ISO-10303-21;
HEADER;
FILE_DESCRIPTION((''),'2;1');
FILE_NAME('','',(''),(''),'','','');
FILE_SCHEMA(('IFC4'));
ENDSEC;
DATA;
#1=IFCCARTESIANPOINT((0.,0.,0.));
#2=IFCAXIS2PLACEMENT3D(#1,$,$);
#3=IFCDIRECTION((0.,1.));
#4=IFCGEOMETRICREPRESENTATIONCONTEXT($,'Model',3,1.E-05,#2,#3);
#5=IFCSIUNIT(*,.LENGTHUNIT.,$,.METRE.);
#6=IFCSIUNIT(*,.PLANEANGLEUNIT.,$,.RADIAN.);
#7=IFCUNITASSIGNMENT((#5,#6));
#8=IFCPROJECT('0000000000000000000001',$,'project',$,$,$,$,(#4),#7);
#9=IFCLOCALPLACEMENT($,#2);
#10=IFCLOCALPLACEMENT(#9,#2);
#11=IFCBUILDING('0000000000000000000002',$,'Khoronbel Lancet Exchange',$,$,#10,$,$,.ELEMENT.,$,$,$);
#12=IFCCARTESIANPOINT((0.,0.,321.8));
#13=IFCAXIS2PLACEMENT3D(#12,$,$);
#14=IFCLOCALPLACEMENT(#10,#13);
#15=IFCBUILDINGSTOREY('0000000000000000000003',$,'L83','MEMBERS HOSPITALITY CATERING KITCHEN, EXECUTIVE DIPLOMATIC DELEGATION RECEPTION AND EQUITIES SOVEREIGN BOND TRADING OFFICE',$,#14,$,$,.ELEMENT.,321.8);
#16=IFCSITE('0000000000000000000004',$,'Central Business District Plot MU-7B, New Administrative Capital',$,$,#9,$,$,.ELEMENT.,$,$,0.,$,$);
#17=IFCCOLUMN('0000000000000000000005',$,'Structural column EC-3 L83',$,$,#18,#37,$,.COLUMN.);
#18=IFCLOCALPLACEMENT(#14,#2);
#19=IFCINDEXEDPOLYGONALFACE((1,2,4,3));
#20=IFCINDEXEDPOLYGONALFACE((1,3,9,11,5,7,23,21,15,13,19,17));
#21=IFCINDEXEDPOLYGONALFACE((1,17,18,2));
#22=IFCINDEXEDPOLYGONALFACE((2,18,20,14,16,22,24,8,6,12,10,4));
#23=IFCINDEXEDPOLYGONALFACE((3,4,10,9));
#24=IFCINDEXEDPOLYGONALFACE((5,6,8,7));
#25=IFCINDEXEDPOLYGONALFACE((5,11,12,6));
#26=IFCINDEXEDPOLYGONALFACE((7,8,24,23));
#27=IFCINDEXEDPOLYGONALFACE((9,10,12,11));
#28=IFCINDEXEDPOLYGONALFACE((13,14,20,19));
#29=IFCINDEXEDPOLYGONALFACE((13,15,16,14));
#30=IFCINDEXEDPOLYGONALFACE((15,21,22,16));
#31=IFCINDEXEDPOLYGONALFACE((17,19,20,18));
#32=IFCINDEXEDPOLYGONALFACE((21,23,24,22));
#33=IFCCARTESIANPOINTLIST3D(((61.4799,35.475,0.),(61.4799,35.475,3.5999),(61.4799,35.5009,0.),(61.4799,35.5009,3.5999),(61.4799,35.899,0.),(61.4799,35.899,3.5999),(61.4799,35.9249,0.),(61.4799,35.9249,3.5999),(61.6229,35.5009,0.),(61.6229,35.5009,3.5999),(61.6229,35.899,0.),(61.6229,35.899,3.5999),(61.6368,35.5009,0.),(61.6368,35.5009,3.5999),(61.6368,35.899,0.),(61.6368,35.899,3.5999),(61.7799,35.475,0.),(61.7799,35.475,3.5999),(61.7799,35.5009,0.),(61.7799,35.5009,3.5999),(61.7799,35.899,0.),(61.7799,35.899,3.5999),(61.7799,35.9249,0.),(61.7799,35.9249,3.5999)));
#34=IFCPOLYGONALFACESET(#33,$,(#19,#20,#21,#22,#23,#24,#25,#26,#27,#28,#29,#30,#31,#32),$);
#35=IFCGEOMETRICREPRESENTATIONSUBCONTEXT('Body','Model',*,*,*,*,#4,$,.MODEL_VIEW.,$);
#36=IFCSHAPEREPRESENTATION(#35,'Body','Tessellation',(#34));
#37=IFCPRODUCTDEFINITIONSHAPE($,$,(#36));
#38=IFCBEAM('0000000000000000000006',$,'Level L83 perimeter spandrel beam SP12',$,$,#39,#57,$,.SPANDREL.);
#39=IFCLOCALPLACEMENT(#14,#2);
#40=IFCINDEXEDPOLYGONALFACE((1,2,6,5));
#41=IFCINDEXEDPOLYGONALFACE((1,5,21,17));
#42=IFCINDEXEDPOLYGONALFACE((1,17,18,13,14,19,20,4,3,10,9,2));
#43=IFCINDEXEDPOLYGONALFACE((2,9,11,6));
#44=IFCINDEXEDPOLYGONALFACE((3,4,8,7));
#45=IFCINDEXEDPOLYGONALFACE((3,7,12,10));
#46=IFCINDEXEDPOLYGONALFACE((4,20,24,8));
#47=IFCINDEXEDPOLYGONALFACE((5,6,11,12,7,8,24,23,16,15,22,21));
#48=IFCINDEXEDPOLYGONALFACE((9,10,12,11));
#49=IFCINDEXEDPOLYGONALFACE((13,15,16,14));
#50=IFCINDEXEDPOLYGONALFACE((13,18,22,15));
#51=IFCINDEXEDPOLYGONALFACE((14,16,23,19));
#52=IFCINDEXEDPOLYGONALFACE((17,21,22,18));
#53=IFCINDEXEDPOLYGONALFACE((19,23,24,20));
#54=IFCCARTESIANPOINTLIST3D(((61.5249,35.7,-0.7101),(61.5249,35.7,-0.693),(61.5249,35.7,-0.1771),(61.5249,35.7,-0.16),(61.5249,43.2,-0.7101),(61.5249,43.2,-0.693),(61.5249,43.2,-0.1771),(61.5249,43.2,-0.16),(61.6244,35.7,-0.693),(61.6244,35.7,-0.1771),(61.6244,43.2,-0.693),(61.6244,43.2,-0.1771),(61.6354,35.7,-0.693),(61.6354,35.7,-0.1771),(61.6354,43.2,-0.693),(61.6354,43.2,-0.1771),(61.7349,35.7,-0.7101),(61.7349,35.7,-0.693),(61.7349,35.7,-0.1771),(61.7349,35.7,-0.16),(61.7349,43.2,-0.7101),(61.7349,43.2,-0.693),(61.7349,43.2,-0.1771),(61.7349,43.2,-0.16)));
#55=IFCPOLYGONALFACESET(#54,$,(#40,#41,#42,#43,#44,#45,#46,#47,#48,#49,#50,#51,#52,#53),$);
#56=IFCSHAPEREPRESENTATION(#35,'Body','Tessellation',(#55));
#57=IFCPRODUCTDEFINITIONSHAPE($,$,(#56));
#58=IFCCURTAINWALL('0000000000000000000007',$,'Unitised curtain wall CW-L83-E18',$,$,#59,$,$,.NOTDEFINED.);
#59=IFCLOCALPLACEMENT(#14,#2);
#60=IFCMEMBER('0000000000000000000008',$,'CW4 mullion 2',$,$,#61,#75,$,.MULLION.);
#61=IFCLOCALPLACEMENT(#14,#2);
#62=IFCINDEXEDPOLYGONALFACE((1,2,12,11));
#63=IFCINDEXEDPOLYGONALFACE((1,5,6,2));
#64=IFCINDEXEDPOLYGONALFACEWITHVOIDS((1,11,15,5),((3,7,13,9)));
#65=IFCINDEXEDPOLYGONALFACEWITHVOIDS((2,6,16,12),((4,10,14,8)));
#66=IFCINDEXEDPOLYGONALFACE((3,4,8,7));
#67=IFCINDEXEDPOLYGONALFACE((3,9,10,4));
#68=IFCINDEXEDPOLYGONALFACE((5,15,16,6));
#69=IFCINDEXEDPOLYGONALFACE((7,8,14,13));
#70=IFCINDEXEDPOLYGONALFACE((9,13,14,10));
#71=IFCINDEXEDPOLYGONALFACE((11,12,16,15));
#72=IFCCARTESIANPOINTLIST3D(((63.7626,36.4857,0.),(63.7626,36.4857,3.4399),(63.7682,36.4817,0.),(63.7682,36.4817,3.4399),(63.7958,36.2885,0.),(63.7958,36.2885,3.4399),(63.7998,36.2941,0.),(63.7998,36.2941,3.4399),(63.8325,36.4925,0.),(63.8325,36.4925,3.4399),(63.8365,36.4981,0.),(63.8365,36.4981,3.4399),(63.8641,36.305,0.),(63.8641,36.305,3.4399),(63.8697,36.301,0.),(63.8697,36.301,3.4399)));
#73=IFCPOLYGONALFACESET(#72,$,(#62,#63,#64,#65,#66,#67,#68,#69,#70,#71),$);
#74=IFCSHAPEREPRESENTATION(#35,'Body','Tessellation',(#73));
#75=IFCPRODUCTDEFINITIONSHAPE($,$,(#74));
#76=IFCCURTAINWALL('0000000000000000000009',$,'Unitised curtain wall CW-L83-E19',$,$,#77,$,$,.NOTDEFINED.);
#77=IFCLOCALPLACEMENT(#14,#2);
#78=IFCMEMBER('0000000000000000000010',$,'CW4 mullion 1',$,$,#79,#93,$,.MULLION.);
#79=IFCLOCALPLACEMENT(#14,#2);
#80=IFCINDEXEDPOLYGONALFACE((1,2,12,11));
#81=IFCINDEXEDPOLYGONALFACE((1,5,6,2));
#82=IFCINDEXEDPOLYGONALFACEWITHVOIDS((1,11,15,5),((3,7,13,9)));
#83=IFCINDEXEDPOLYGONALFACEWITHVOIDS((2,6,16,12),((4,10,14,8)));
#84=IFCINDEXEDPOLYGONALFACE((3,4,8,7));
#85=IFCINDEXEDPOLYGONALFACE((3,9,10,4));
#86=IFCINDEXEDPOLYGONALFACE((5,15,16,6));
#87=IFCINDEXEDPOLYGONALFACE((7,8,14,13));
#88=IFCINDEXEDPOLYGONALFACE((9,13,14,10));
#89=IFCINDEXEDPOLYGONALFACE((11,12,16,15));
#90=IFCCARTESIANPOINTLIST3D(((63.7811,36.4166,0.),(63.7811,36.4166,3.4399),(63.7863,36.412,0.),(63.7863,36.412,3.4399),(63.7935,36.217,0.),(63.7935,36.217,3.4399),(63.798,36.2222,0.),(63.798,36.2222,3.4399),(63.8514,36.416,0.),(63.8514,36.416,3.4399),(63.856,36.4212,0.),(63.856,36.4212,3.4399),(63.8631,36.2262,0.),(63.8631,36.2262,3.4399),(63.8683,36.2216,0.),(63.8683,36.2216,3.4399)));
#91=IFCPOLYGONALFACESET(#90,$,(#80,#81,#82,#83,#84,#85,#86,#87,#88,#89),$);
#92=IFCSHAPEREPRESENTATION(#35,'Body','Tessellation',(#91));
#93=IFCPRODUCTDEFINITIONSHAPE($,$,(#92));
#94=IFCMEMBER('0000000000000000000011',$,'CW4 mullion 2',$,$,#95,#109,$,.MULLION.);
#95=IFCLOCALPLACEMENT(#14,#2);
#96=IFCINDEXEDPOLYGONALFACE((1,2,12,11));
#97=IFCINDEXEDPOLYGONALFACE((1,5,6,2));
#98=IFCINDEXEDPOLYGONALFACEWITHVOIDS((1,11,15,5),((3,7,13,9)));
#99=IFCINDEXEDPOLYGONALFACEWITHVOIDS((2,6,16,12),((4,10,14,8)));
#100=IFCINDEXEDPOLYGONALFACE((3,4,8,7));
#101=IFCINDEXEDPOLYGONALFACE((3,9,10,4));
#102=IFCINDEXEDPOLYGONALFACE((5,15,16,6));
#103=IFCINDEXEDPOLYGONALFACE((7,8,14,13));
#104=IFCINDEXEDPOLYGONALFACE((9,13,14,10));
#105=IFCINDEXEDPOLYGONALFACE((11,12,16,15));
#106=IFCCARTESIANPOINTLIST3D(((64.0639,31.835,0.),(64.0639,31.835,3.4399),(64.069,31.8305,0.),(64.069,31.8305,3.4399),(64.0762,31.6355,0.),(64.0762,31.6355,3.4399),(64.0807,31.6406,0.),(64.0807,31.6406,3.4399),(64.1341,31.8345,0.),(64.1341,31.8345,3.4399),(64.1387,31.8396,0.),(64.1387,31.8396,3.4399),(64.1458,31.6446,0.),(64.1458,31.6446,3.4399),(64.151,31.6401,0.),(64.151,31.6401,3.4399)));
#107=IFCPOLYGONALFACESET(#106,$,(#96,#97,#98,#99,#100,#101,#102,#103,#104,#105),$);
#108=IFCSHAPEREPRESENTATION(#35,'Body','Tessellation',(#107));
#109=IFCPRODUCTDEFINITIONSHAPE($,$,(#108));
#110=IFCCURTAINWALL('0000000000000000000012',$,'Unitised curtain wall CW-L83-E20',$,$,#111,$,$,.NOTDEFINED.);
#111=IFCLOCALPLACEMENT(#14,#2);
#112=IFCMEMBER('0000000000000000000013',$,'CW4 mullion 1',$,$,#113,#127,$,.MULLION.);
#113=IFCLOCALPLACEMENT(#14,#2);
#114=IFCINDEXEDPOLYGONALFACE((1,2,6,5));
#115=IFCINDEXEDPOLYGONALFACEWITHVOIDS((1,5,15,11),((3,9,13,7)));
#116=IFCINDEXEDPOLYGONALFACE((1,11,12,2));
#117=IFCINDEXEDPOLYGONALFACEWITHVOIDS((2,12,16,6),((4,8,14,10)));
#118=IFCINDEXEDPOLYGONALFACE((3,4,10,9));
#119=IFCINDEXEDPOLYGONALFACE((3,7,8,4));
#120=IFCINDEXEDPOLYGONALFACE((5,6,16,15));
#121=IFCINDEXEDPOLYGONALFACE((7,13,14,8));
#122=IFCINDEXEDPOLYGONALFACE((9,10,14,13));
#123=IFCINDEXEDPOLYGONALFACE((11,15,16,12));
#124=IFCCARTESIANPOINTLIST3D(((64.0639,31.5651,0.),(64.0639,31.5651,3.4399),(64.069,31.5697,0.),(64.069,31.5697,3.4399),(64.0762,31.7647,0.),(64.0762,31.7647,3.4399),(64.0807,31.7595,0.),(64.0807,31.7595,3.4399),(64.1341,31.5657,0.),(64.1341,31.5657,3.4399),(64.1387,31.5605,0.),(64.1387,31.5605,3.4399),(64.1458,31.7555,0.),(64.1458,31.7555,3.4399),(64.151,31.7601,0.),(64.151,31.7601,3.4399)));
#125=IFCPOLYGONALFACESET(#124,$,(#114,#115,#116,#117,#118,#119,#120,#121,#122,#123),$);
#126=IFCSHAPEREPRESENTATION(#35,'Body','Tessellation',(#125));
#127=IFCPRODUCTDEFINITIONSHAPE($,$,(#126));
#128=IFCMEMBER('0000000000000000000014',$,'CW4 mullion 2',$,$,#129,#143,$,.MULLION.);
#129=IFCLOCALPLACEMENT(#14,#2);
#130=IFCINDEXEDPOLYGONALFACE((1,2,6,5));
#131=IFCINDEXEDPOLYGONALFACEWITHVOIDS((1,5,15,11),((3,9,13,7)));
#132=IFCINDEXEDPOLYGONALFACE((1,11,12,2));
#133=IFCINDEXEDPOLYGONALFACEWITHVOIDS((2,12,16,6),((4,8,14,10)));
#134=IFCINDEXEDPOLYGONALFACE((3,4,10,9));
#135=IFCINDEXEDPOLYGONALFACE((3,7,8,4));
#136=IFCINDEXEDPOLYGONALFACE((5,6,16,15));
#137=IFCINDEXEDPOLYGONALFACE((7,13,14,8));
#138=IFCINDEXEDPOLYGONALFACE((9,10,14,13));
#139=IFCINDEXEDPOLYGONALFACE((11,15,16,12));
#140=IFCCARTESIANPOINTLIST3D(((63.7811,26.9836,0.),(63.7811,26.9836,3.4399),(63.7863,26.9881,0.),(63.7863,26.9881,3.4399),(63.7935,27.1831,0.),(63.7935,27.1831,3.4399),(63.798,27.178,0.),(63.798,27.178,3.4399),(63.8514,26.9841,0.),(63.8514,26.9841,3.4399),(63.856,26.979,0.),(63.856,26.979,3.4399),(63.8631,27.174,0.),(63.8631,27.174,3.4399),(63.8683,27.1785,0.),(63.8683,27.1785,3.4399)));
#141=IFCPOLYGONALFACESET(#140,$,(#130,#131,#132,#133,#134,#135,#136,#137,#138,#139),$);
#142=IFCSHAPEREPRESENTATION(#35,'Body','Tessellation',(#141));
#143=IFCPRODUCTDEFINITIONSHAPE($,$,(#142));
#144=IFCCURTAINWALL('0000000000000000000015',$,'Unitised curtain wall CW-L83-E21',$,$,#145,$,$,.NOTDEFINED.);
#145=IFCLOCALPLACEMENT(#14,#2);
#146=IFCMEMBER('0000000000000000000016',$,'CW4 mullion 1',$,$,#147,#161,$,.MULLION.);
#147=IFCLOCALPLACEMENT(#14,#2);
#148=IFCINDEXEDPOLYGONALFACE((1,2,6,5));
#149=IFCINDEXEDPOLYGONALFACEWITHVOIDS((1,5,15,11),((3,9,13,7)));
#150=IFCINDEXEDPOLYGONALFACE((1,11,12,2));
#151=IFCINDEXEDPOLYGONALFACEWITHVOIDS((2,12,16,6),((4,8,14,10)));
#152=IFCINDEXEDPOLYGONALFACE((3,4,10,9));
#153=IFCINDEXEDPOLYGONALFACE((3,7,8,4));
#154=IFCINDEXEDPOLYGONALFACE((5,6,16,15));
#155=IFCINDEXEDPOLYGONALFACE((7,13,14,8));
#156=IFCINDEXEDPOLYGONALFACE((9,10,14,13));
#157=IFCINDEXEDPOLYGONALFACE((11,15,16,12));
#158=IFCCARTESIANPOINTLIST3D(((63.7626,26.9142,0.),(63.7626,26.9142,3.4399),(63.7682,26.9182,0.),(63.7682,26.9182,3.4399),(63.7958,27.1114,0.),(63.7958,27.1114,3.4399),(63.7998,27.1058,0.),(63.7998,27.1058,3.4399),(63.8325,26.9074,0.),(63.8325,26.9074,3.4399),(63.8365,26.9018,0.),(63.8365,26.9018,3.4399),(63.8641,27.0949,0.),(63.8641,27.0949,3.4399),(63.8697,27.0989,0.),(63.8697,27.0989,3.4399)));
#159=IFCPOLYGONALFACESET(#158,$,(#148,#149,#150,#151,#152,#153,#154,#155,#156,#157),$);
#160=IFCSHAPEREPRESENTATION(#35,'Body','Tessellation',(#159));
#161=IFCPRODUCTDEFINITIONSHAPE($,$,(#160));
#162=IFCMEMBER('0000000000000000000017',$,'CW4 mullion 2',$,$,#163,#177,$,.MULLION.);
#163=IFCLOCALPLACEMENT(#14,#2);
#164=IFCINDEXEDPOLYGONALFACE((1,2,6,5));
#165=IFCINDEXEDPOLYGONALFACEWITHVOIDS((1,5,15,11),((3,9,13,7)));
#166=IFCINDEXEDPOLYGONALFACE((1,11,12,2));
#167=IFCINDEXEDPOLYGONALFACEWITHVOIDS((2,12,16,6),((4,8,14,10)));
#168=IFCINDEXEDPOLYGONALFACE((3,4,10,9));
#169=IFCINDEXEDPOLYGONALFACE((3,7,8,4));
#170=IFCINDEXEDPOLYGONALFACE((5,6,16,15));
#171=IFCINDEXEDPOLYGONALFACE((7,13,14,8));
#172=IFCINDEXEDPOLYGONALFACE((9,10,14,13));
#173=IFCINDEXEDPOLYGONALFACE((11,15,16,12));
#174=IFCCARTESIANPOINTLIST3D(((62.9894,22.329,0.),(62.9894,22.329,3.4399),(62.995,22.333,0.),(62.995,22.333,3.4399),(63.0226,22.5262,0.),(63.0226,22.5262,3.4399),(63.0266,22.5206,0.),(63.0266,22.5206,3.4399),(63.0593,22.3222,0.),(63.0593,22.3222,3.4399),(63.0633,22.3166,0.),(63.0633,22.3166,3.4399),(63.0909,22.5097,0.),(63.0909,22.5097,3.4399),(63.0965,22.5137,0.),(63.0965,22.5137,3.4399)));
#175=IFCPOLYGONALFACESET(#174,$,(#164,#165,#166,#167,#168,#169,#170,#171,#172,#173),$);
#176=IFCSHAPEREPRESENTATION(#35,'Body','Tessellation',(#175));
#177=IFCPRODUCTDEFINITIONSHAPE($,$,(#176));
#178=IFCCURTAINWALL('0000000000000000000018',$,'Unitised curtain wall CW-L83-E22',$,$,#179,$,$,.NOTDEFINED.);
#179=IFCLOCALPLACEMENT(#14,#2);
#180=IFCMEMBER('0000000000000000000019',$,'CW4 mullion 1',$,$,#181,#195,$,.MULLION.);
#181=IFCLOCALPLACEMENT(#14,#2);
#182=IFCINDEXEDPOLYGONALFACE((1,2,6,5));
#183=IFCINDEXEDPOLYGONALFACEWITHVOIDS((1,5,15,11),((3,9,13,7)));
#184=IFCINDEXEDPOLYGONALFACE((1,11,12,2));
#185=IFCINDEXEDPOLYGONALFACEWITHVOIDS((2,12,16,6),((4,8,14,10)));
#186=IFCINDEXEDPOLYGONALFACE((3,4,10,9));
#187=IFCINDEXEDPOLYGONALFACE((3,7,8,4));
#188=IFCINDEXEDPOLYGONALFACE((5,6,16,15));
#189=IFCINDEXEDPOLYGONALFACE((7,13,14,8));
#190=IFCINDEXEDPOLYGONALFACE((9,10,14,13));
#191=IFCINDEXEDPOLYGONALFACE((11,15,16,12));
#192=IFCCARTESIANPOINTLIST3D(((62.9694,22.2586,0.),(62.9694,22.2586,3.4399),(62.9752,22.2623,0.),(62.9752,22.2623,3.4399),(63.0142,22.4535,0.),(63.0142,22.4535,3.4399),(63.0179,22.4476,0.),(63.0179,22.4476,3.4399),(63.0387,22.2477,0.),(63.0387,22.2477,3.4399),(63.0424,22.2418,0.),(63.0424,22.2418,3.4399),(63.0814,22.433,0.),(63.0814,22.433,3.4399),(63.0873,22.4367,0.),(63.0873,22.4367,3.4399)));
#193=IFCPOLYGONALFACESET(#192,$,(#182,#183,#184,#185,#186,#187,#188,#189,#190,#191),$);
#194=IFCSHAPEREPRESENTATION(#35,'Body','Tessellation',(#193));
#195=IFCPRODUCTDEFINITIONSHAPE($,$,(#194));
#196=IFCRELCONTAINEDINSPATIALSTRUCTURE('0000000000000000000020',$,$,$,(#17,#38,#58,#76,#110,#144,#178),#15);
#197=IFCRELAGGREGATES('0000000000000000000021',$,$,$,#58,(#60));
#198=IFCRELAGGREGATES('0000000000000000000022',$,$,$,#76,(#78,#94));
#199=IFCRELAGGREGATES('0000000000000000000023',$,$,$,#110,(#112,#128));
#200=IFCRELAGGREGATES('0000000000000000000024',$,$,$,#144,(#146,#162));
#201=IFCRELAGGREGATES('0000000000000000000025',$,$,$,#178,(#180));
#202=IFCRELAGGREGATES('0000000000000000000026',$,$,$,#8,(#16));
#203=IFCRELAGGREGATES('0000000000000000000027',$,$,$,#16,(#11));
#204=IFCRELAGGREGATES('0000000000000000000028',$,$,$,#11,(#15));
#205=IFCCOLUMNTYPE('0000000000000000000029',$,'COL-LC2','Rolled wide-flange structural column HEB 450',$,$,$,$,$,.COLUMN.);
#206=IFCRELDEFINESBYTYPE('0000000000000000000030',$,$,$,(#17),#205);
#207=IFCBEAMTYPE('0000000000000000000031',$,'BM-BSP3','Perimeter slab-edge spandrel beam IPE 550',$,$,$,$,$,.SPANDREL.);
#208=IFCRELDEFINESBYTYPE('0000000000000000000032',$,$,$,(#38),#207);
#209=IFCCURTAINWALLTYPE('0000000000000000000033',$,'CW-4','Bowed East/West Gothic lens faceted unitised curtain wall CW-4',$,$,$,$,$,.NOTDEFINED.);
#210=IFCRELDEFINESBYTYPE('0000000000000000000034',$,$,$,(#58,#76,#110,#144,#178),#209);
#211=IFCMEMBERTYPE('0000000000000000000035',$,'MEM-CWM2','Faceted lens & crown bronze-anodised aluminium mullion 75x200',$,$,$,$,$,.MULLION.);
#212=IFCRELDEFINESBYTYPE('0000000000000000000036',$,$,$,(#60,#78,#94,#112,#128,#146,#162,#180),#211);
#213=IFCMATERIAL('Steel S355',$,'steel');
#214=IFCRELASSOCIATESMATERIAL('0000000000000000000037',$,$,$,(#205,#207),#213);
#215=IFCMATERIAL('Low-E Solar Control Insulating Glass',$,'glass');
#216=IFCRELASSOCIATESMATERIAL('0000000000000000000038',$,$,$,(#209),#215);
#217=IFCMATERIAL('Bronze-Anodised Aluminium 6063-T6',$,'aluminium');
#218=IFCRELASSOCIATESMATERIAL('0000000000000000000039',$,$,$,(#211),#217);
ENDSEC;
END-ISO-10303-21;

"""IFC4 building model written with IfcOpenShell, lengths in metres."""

from ifc_helpers import new_model, si_unit, direction, frame, origin, origin_2d, place, context, subcontext, project, spatial, hollow_rectangle, i_section, extrude, material, material_profile, profile_set, type_object, element, aggregate, save


model = new_model("IFC4")

# Units and contexts
model_context = context("Model", 3, precision=1e-05, world=origin(), true_north=direction((0.0, 1.0)))
body_context = subcontext(model_context, "Body", "Model", "MODEL_VIEW")
ifc_project = project(units=[si_unit("LENGTHUNIT", "METRE"), si_unit("PLANEANGLEUNIT", "RADIAN")], contexts=[model_context])

# Site, building, storey
site_placement = place(None, origin())
site = spatial("IfcSite", under=ifc_project, at=site_placement, Name="Central Business District Plot MU-7B, New Administrative Capital", CompositionType="ELEMENT", RefElevation=0.0)
building_placement = place(site_placement, origin())
building = spatial("IfcBuilding", under=site, at=building_placement, Name="Khoronbel Lancet Exchange", CompositionType="ELEMENT")
storey_placement = place(building_placement, frame((0.0, 0.0, 321.8)))
storey = spatial("IfcBuildingStorey", under=building, at=storey_placement, Name="L83", Description="MEMBERS HOSPITALITY CATERING KITCHEN, EXECUTIVE DIPLOMATIC DELEGATION RECEPTION AND EQUITIES SOVEREIGN BOND TRADING OFFICE", CompositionType="ELEMENT", Elevation=321.8)

# Column
ifc_material_1 = material(Name="Steel S355", Category="steel")
ifc_material_profile_1 = material_profile(ifc_material_1, i_section(OverallWidth=0.3, OverallDepth=0.45, WebThickness=0.0139, FlangeThickness=0.0259, at=origin_2d()), Name="HEB 450")
ifc_profile_set_1 = profile_set([ifc_material_profile_1], Name="Steel S355")
column_type = type_object("IfcColumnType", Name="COL-LC2", Description="Rolled wide-flange structural column HEB 450", PredefinedType="COLUMN", material=ifc_profile_set_1)
column_placement = place(storey_placement, frame((61.6299, 35.7, 0.0), z_axis=(0.0, 0.0, 1.0), x_axis=(1.0, 0.0, 0.0)))
element("IfcColumn", 1, at=column_placement, inside=storey, type_object=column_type, Name="Structural column EC-3 L83", PredefinedType="COLUMN", context=body_context, shape_type="SweptSolid", body=[
    extrude(i_section(OverallWidth=0.3, OverallDepth=0.45, WebThickness=0.0139, FlangeThickness=0.0259, at=origin_2d()), origin(), (0.0, 0.0, 1.0), 3.5999),
])

# Beam
ifc_material_profile_2 = material_profile(ifc_material_1, i_section(OverallWidth=0.21, OverallDepth=0.55, WebThickness=0.011, FlangeThickness=0.0171, at=origin_2d()), Name="IPE 550")
ifc_profile_set_2 = profile_set([ifc_material_profile_2], Name="Steel S355")
beam_type = type_object("IfcBeamType", Name="BM-BSP3", Description="Perimeter slab-edge spandrel beam IPE 550", PredefinedType="SPANDREL", material=ifc_profile_set_2)
beam_placement = place(storey_placement, frame((61.6299, 35.7, -0.4351), z_axis=(0.0, 1.0, 0.0), x_axis=(-1.0, 0.0, 0.0)))
element("IfcBeam", 2, at=beam_placement, inside=storey, type_object=beam_type, Name="Level L83 perimeter spandrel beam SP12", PredefinedType="SPANDREL", context=body_context, shape_type="SweptSolid", body=[
    extrude(i_section(OverallWidth=0.21, OverallDepth=0.55, WebThickness=0.011, FlangeThickness=0.0171, at=origin_2d()), origin(), (0.0, 0.0, 1.0), 7.5),
])

# Curtain wall, member
ifc_material_2 = material(Name="Low-E Solar Control Insulating Glass", Category="glass")
curtain_wall_type = type_object("IfcCurtainWallType", Name="CW-4", Description="Bowed East/West Gothic lens faceted unitised curtain wall CW-4", PredefinedType="NOTDEFINED", material=ifc_material_2)
curtain_wall_1_placement = place(storey_placement, origin())
curtain_wall_1 = element("IfcCurtainWall", 3, at=curtain_wall_1_placement, inside=storey, type_object=curtain_wall_type, Name="Unitised curtain wall CW-L83-E18", PredefinedType="NOTDEFINED")
ifc_material_3 = material(Name="Bronze-Anodised Aluminium 6063-T6", Category="aluminium")
ifc_material_profile_3 = material_profile(ifc_material_3, hollow_rectangle(XDim=0.075, YDim=0.2, WallThickness=0.0049, at=origin_2d()), Name="ALU MULLION 75x200")
ifc_profile_set_3 = profile_set([ifc_material_profile_3], Name="Bronze-Anodised Aluminium 6063-T6")
member_type_1 = type_object("IfcMemberType", Name="MEM-CWM2", Description="Faceted lens & crown bronze-anodised aluminium mullion 75x200", PredefinedType="MULLION", material=ifc_profile_set_3)
member_1_placement = place(storey_placement, frame((63.8162, 36.3933, 0.0), z_axis=(0.0, 0.0, 1.0), x_axis=(0.986075, 0.166303, 0.0)))
member_1 = element("IfcMember", 4, at=member_1_placement, type_object=member_type_1, Name="CW4 mullion 2", PredefinedType="MULLION", context=body_context, shape_type="SweptSolid", body=[
    extrude(hollow_rectangle(XDim=0.075, YDim=0.2, WallThickness=0.0049, at=origin_2d()), origin(), (0.0, 0.0, 1.0), 3.4399),
])
aggregate(curtain_wall_1, [member_1])

# Curtain walls, members
curtain_wall_2_placement = place(storey_placement, origin())
curtain_wall_2 = element("IfcCurtainWall", 5, at=curtain_wall_2_placement, inside=storey, type_object=curtain_wall_type, Name="Unitised curtain wall CW-L83-E19", PredefinedType="NOTDEFINED")
member_2_placement = place(storey_placement, frame((63.8247, 36.3191, 0.0), z_axis=(0.0, 0.0, 1.0), x_axis=(0.998102, 0.061583, 0.0)))
member_2 = element("IfcMember", 6, at=member_2_placement, type_object=member_type_1, Name="CW4 mullion 1", PredefinedType="MULLION", context=body_context, shape_type="SweptSolid", body=[
    extrude(hollow_rectangle(XDim=0.075, YDim=0.2, WallThickness=0.0049, at=origin_2d()), origin(), (0.0, 0.0, 1.0), 3.4399),
])
member_3_placement = place(storey_placement, frame((64.1074, 31.7375, 0.0), z_axis=(0.0, 0.0, 1.0), x_axis=(0.998102, 0.061583, 0.0)))
member_3 = element("IfcMember", 7, at=member_3_placement, type_object=member_type_1, Name="CW4 mullion 2", PredefinedType="MULLION", context=body_context, shape_type="SweptSolid", body=[
    extrude(hollow_rectangle(XDim=0.075, YDim=0.2, WallThickness=0.0049, at=origin_2d()), origin(), (0.0, 0.0, 1.0), 3.4399),
])
curtain_wall_3_placement = place(storey_placement, origin())
curtain_wall_3 = element("IfcCurtainWall", 8, at=curtain_wall_3_placement, inside=storey, type_object=curtain_wall_type, Name="Unitised curtain wall CW-L83-E20", PredefinedType="NOTDEFINED")
member_4_placement = place(storey_placement, frame((64.1074, 31.6626, 0.0), z_axis=(0.0, 0.0, 1.0), x_axis=(0.998102, -0.061583, 0.0)))
member_4 = element("IfcMember", 9, at=member_4_placement, type_object=member_type_1, Name="CW4 mullion 1", PredefinedType="MULLION", context=body_context, shape_type="SweptSolid", body=[
    extrude(hollow_rectangle(XDim=0.075, YDim=0.2, WallThickness=0.0049, at=origin_2d()), origin(), (0.0, 0.0, 1.0), 3.4399),
])
member_5_placement = place(storey_placement, frame((63.8247, 27.0811, 0.0), z_axis=(0.0, 0.0, 1.0), x_axis=(0.998102, -0.061583, 0.0)))
member_5 = element("IfcMember", 10, at=member_5_placement, type_object=member_type_1, Name="CW4 mullion 2", PredefinedType="MULLION", context=body_context, shape_type="SweptSolid", body=[
    extrude(hollow_rectangle(XDim=0.075, YDim=0.2, WallThickness=0.0049, at=origin_2d()), origin(), (0.0, 0.0, 1.0), 3.4399),
])
curtain_wall_4_placement = place(storey_placement, origin())
curtain_wall_4 = element("IfcCurtainWall", 11, at=curtain_wall_4_placement, inside=storey, type_object=curtain_wall_type, Name="Unitised curtain wall CW-L83-E21", PredefinedType="NOTDEFINED")
member_6_placement = place(storey_placement, frame((63.8162, 27.0066, 0.0), z_axis=(0.0, 0.0, 1.0), x_axis=(0.986075, -0.166303, 0.0)))
member_6 = element("IfcMember", 12, at=member_6_placement, type_object=member_type_1, Name="CW4 mullion 1", PredefinedType="MULLION", context=body_context, shape_type="SweptSolid", body=[
    extrude(hollow_rectangle(XDim=0.075, YDim=0.2, WallThickness=0.0049, at=origin_2d()), origin(), (0.0, 0.0, 1.0), 3.4399),
])
member_7_placement = place(storey_placement, frame((63.043, 22.4214, 0.0), z_axis=(0.0, 0.0, 1.0), x_axis=(0.986075, -0.166303, 0.0)))
member_7 = element("IfcMember", 13, at=member_7_placement, type_object=member_type_1, Name="CW4 mullion 2", PredefinedType="MULLION", context=body_context, shape_type="SweptSolid", body=[
    extrude(hollow_rectangle(XDim=0.075, YDim=0.2, WallThickness=0.0049, at=origin_2d()), origin(), (0.0, 0.0, 1.0), 3.4399),
])

# Curtain wall, member
curtain_wall_5_placement = place(storey_placement, origin())
curtain_wall_5 = element("IfcCurtainWall", 14, at=curtain_wall_5_placement, inside=storey, type_object=curtain_wall_type, Name="Unitised curtain wall CW-L83-E22", PredefinedType="NOTDEFINED")
member_8_placement = place(storey_placement, frame((63.0283, 22.3477, 0.0), z_axis=(0.0, 0.0, 1.0), x_axis=(0.97448, -0.224476, 0.0)))
member_8 = element("IfcMember", 15, at=member_8_placement, type_object=member_type_1, Name="CW4 mullion 1", PredefinedType="MULLION", context=body_context, shape_type="SweptSolid", body=[
    extrude(hollow_rectangle(XDim=0.075, YDim=0.2, WallThickness=0.0049, at=origin_2d()), origin(), (0.0, 0.0, 1.0), 3.4399),
])

aggregate(curtain_wall_2, [member_2, member_3])
aggregate(curtain_wall_3, [member_4, member_5])
aggregate(curtain_wall_4, [member_6, member_7])
aggregate(curtain_wall_5, [member_8])

save(model, "model.ifc")
